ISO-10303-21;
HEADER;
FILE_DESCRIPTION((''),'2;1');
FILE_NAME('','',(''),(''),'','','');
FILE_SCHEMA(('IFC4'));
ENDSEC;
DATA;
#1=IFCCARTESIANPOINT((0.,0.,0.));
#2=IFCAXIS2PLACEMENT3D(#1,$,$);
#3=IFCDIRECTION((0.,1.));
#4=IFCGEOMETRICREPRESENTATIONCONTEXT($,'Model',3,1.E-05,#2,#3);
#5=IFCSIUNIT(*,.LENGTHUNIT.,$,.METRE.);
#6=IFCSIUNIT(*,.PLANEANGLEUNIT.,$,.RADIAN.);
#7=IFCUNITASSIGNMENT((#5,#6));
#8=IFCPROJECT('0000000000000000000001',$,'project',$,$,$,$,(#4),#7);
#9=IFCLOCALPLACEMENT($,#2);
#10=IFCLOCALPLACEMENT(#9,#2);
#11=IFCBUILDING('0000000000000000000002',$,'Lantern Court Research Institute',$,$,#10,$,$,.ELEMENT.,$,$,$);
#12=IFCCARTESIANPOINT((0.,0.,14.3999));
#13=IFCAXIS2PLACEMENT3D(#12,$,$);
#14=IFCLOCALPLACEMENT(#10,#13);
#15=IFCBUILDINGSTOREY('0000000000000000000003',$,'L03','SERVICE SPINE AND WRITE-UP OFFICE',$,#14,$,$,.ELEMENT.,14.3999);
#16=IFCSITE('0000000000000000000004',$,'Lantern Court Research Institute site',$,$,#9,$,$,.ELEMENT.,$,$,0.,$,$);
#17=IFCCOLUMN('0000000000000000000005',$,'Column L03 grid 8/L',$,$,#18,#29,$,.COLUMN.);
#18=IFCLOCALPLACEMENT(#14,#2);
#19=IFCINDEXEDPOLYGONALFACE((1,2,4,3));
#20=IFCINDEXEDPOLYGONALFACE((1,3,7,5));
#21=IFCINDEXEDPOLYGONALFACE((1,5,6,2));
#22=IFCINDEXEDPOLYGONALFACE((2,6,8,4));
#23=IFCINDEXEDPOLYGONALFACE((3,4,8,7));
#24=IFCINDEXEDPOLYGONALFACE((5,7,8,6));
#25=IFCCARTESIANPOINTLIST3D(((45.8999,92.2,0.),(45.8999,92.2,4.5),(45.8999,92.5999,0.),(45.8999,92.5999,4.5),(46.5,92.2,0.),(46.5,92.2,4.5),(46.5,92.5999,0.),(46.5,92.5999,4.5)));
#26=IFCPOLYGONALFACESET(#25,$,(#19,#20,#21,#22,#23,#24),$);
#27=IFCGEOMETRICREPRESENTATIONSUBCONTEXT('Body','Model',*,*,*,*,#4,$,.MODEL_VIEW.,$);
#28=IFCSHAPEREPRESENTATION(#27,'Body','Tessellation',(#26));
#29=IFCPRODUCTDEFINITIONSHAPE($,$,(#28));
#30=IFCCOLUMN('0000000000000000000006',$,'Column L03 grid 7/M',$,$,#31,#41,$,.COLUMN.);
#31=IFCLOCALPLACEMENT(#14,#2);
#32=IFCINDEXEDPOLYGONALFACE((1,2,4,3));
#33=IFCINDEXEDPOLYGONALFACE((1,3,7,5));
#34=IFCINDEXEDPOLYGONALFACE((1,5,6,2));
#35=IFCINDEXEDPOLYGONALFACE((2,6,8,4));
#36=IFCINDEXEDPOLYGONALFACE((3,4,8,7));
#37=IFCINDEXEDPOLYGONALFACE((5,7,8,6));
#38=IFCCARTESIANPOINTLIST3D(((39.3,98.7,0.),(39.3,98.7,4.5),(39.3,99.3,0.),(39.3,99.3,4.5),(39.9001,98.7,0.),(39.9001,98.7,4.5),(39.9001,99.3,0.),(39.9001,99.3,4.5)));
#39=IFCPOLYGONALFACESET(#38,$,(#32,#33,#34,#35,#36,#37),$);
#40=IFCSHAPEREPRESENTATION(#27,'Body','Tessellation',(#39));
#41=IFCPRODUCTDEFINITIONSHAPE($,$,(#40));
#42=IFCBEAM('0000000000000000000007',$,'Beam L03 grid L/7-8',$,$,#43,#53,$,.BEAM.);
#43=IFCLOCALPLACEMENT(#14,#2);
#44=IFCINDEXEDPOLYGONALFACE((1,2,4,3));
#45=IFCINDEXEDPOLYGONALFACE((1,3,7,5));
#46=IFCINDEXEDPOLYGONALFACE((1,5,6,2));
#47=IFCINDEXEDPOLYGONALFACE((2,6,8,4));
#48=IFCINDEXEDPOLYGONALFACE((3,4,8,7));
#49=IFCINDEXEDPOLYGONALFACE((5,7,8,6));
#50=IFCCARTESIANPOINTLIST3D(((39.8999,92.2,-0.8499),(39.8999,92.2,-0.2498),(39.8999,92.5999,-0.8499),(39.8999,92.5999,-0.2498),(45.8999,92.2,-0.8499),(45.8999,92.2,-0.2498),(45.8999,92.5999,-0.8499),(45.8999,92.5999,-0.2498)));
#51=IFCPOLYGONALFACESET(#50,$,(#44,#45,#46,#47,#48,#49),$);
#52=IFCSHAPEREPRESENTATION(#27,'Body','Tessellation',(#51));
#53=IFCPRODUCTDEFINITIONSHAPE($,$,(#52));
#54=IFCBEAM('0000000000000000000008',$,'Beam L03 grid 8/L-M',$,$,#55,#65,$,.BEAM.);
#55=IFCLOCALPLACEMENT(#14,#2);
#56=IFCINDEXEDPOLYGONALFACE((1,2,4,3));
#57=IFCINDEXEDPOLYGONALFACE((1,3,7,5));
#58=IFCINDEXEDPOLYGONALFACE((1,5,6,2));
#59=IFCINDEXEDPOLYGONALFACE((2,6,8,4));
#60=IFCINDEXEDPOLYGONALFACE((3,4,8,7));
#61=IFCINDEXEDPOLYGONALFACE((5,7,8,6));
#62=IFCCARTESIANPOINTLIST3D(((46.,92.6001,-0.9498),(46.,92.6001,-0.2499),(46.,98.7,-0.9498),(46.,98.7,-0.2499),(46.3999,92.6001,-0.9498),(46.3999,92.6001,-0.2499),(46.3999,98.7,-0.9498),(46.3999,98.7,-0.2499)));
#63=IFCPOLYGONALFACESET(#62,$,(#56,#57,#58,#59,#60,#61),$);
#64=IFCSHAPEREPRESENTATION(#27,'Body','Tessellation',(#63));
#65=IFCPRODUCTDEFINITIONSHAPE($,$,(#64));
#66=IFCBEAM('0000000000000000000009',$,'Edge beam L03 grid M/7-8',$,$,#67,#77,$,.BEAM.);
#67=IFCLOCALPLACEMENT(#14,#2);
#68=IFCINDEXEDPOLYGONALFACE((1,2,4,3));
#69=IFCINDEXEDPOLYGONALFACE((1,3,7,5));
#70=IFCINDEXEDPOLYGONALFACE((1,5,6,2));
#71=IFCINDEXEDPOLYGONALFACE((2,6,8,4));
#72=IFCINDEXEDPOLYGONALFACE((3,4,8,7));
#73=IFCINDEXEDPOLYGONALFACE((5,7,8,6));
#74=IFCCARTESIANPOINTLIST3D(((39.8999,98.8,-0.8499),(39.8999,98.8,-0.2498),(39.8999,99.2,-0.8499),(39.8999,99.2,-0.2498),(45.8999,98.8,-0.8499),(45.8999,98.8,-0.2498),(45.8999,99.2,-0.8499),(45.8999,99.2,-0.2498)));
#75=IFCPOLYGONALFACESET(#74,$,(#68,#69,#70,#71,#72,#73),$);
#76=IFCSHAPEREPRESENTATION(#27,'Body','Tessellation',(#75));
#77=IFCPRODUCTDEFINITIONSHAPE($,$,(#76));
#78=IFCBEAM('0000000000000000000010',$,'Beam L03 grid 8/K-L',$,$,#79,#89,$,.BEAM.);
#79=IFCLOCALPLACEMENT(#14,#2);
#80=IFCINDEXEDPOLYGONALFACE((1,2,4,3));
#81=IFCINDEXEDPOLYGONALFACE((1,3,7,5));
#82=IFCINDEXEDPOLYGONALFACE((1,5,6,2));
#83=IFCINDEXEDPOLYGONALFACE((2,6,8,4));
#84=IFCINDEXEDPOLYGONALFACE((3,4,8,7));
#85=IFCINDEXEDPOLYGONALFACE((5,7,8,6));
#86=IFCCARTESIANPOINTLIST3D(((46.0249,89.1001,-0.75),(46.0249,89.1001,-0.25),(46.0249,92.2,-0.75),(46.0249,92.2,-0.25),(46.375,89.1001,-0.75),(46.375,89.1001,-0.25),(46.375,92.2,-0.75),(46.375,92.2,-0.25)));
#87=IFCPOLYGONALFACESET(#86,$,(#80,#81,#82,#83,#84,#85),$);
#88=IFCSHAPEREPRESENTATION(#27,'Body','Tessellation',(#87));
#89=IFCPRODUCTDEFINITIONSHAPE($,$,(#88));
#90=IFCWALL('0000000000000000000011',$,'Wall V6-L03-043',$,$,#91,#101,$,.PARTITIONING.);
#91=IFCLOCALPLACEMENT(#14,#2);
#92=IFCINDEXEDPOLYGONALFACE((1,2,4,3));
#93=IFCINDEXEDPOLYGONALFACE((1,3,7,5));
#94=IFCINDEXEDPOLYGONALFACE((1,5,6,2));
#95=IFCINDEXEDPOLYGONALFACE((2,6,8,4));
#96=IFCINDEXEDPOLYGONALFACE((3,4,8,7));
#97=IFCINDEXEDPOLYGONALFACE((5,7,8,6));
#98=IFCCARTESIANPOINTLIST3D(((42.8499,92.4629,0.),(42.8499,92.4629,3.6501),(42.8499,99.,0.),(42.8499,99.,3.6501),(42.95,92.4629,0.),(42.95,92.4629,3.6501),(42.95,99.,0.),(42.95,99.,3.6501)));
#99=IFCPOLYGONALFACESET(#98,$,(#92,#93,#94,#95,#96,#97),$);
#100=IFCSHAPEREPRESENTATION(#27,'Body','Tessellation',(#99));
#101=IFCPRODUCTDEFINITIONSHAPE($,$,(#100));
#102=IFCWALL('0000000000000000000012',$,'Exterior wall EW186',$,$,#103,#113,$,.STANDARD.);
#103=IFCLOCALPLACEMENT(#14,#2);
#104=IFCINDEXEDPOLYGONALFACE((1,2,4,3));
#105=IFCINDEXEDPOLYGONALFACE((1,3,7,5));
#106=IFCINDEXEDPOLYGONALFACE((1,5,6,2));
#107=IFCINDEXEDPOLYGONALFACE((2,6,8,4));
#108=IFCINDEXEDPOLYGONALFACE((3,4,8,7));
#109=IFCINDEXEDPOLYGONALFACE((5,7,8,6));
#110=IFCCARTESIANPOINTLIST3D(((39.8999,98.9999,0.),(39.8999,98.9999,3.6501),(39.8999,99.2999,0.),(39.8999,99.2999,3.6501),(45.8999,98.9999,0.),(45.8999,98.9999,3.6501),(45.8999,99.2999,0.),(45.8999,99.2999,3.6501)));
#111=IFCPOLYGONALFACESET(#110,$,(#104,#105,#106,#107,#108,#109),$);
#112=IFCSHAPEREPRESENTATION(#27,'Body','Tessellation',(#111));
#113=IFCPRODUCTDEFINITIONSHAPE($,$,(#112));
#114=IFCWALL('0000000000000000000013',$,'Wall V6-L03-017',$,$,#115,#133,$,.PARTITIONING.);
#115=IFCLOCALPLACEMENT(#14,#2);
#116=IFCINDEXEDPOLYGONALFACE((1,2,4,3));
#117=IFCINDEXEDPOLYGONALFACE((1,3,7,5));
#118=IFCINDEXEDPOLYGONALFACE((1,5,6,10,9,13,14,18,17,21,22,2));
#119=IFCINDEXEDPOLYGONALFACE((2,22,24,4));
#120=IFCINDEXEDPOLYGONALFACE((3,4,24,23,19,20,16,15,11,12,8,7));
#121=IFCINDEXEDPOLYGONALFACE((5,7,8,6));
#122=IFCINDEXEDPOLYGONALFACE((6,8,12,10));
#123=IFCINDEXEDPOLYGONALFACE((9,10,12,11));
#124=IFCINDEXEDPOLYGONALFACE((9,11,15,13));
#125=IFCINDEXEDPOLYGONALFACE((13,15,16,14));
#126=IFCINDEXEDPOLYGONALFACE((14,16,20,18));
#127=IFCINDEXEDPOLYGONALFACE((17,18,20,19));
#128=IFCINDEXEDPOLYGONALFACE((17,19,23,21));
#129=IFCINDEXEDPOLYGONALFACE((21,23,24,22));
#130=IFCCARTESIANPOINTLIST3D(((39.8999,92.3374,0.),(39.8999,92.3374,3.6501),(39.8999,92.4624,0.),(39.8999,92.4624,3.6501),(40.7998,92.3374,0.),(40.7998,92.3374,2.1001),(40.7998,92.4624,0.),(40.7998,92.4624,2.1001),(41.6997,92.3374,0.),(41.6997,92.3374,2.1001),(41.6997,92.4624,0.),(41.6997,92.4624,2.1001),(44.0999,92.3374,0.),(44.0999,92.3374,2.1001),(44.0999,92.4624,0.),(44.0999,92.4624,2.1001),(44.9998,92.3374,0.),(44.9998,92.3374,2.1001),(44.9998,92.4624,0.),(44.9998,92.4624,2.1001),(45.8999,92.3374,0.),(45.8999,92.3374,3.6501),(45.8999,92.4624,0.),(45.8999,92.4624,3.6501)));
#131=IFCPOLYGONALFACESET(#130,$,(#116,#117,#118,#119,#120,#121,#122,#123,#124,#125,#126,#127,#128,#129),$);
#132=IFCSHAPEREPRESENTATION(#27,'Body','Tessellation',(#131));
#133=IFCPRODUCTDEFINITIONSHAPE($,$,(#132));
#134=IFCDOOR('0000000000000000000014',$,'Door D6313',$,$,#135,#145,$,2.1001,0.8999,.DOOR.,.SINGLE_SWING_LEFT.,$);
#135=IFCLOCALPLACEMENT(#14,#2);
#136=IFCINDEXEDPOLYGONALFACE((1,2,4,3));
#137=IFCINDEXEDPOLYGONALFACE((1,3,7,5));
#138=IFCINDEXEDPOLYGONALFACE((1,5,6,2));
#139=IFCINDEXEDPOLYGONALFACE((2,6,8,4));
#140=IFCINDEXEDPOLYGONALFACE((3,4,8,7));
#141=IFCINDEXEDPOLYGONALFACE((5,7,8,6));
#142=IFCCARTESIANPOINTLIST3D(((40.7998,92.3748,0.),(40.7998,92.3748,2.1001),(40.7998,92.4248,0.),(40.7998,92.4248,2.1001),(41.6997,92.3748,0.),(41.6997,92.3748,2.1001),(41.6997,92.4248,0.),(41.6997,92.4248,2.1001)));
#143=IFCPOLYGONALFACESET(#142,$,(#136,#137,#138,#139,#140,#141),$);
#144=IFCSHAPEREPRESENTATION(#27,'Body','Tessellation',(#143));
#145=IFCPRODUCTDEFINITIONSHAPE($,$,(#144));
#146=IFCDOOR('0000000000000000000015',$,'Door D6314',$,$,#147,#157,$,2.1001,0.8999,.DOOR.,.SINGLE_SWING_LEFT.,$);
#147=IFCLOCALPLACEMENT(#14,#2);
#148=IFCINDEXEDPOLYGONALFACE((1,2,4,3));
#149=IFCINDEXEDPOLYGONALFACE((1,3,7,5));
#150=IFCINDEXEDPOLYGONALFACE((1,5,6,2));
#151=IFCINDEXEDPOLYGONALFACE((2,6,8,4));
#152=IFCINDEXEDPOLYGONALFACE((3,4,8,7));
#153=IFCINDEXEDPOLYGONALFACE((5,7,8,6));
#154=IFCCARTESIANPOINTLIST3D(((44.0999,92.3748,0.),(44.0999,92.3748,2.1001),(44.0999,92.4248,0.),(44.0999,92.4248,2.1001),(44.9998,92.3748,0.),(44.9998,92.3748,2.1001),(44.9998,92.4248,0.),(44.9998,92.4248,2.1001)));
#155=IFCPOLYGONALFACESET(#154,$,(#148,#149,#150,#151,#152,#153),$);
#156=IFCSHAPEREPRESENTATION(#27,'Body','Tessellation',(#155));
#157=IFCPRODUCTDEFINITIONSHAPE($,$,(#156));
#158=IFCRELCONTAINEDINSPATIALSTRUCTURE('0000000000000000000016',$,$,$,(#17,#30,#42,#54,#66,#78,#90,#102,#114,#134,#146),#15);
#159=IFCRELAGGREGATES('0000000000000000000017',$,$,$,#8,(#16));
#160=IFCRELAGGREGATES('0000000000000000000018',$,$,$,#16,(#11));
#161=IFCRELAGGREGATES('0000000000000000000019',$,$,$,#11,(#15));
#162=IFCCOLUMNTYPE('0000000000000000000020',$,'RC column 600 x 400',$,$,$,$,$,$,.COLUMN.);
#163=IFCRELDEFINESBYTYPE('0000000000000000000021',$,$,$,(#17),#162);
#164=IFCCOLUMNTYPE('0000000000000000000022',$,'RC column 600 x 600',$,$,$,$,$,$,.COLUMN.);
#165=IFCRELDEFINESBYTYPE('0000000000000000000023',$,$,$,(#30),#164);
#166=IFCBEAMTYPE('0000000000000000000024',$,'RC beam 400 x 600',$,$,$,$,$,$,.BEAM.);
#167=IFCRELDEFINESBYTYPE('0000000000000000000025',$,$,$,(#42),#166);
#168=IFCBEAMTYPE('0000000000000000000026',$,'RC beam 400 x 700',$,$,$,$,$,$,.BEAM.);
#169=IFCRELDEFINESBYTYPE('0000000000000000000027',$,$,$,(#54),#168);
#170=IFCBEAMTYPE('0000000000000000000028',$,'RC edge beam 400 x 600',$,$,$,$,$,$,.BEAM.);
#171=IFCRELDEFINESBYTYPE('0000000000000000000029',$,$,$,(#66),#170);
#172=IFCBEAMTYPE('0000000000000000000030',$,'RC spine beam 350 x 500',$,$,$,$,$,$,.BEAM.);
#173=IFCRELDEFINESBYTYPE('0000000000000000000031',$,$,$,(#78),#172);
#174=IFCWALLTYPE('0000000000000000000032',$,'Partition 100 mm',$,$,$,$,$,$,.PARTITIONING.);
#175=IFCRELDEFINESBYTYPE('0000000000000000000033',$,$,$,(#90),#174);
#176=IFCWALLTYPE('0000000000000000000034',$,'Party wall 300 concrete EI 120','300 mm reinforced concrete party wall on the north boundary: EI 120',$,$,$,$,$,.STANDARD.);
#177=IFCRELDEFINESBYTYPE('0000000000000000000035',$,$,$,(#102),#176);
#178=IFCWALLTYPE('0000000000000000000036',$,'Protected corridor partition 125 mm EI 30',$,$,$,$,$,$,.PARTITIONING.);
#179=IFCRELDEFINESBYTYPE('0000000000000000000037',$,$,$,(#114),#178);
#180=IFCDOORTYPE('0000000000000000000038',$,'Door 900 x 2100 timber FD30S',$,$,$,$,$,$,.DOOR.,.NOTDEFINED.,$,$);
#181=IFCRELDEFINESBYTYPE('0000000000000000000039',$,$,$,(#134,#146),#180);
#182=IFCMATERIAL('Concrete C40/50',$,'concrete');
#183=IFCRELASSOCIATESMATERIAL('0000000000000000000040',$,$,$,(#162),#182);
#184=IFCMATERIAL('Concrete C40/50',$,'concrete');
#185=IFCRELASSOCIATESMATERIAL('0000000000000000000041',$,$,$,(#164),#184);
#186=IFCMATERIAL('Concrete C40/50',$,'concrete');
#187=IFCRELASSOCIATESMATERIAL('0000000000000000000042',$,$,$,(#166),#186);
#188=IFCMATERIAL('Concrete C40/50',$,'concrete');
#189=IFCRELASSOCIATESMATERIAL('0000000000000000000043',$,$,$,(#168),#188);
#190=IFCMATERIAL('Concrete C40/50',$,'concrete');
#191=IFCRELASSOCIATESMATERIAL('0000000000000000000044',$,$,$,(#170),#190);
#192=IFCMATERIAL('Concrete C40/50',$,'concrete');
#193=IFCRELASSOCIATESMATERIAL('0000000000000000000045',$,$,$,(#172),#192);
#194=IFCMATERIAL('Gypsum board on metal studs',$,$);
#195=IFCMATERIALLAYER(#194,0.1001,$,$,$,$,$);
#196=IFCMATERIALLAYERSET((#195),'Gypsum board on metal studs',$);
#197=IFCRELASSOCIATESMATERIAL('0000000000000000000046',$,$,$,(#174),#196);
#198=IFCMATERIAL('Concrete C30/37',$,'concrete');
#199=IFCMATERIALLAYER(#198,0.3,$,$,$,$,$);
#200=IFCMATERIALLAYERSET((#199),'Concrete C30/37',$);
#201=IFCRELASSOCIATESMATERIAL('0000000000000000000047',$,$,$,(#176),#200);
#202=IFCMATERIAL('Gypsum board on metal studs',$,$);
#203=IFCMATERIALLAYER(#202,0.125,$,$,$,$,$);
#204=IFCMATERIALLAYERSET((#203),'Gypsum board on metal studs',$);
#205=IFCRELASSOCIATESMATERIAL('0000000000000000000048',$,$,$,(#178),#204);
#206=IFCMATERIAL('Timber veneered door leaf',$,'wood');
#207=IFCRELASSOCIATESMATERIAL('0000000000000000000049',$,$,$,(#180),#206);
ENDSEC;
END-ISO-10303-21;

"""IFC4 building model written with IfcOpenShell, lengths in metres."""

from ifc_helpers import new_model, si_unit, direction, frame, frame_2d, origin, origin_2d, place, context, subcontext, project, spatial, rectangle, extrude, material, layer, layer_set, material_profile, profile_set, type_object, element, fill, save


model = new_model("IFC4")

# Units and contexts
model_context = context("Model", 3, precision=1e-05, world=origin(), true_north=direction((0.0, 1.0)))
body_context = subcontext(model_context, "Body", "Model", "MODEL_VIEW")
ifc_project = project(units=[si_unit("LENGTHUNIT", "METRE"), si_unit("PLANEANGLEUNIT", "RADIAN")], contexts=[model_context])

# Site, building, storey
site_placement = place(None, origin())
site = spatial("IfcSite", under=ifc_project, at=site_placement, Name="Lantern Court Research Institute site", CompositionType="ELEMENT", RefElevation=0.0)
building_placement = place(site_placement, origin())
building = spatial("IfcBuilding", under=site, at=building_placement, Name="Lantern Court Research Institute", CompositionType="ELEMENT")
storey_placement = place(building_placement, frame((0.0, 0.0, 14.3999)))
storey = spatial("IfcBuildingStorey", under=building, at=storey_placement, Name="L03", Description="SERVICE SPINE AND WRITE-UP OFFICE", CompositionType="ELEMENT", Elevation=14.3999)

# Columns
ifc_material_1 = material(Name="Concrete C40/50", Category="concrete")
ifc_material_profile_1 = material_profile(ifc_material_1, rectangle(XDim=0.6001, YDim=0.3999, at=origin_2d()), Name="RC column 600 x 400")
ifc_profile_set_1 = profile_set([ifc_material_profile_1], Name="Concrete C40/50")
column_type_1 = type_object("IfcColumnType", Name="RC column 600 x 400", PredefinedType="COLUMN", material=ifc_profile_set_1)
column_1_placement = place(storey_placement, frame((46.2, 92.3999, 0.0), z_axis=(0.0, 0.0, 1.0), x_axis=(1.0, 0.0, 0.0)))
element("IfcColumn", 1, at=column_1_placement, inside=storey, type_object=column_type_1, Name="Column L03 grid 8/L", PredefinedType="COLUMN", context=body_context, shape_type="SweptSolid", body=[
    extrude(rectangle(XDim=0.6001, YDim=0.3999, at=origin_2d()), origin(), (0.0, 0.0, 1.0), 4.5),
])
ifc_material_2 = material(Name="Concrete C40/50", Category="concrete")
ifc_material_profile_2 = material_profile(ifc_material_2, rectangle(XDim=0.6001, YDim=0.6001, at=origin_2d()), Name="RC column 600 x 600")
ifc_profile_set_2 = profile_set([ifc_material_profile_2], Name="Concrete C40/50")
column_type_2 = type_object("IfcColumnType", Name="RC column 600 x 600", PredefinedType="COLUMN", material=ifc_profile_set_2)
column_2_placement = place(storey_placement, frame((39.6001, 99.0, 0.0), z_axis=(0.0, 0.0, 1.0), x_axis=(1.0, 0.0, 0.0)))
element("IfcColumn", 2, at=column_2_placement, inside=storey, type_object=column_type_2, Name="Column L03 grid 7/M", PredefinedType="COLUMN", context=body_context, shape_type="SweptSolid", body=[
    extrude(rectangle(XDim=0.6001, YDim=0.6001, at=origin_2d()), origin(), (0.0, 0.0, 1.0), 4.5),
])

# Beams
ifc_material_3 = material(Name="Concrete C40/50", Category="concrete")
ifc_material_profile_3 = material_profile(ifc_material_3, rectangle(XDim=0.3999, YDim=0.6001, at=origin_2d()), Name="RC beam 400 x 600")
ifc_profile_set_3 = profile_set([ifc_material_profile_3], Name="Concrete C40/50")
beam_type_1 = type_object("IfcBeamType", Name="RC beam 400 x 600", PredefinedType="BEAM", material=ifc_profile_set_3)
beam_1_placement = place(storey_placement, frame((39.8999, 92.3999, -0.5498), z_axis=(1.0, 0.0, 0.0), x_axis=(0.0, 1.0, 0.0)))
element("IfcBeam", 3, at=beam_1_placement, inside=storey, type_object=beam_type_1, Name="Beam L03 grid L/7-8", PredefinedType="BEAM", context=body_context, shape_type="SweptSolid", body=[
    extrude(rectangle(XDim=0.3999, YDim=0.6001, at=origin_2d()), origin(), (0.0, 0.0, 1.0), 6.0),
])
ifc_material_4 = material(Name="Concrete C40/50", Category="concrete")
ifc_material_profile_4 = material_profile(ifc_material_4, rectangle(XDim=0.3999, YDim=0.7, at=origin_2d()), Name="RC beam 400 x 700")
ifc_profile_set_4 = profile_set([ifc_material_profile_4], Name="Concrete C40/50")
beam_type_2 = type_object("IfcBeamType", Name="RC beam 400 x 700", PredefinedType="BEAM", material=ifc_profile_set_4)
beam_2_placement = place(storey_placement, frame((46.2, 92.6001, -0.5999), z_axis=(0.0, 1.0, 0.0), x_axis=(-1.0, 0.0, 0.0)))
element("IfcBeam", 4, at=beam_2_placement, inside=storey, type_object=beam_type_2, Name="Beam L03 grid 8/L-M", PredefinedType="BEAM", context=body_context, shape_type="SweptSolid", body=[
    extrude(rectangle(XDim=0.3999, YDim=0.7, at=origin_2d()), origin(), (0.0, 0.0, 1.0), 6.0999),
])
ifc_material_5 = material(Name="Concrete C40/50", Category="concrete")
ifc_material_profile_5 = material_profile(ifc_material_5, rectangle(XDim=0.3999, YDim=0.6001, at=origin_2d()), Name="RC beam 400 x 600")
ifc_profile_set_5 = profile_set([ifc_material_profile_5], Name="Concrete C40/50")
beam_type_3 = type_object("IfcBeamType", Name="RC edge beam 400 x 600", PredefinedType="BEAM", material=ifc_profile_set_5)
beam_3_placement = place(storey_placement, frame((39.8999, 99.0, -0.5498), z_axis=(1.0, 0.0, 0.0), x_axis=(0.0, 1.0, 0.0)))
element("IfcBeam", 5, at=beam_3_placement, inside=storey, type_object=beam_type_3, Name="Edge beam L03 grid M/7-8", PredefinedType="BEAM", context=body_context, shape_type="SweptSolid", body=[
    extrude(rectangle(XDim=0.3999, YDim=0.6001, at=origin_2d()), origin(), (0.0, 0.0, 1.0), 6.0),
])
ifc_material_6 = material(Name="Concrete C40/50", Category="concrete")
ifc_material_profile_6 = material_profile(ifc_material_6, rectangle(XDim=0.3501, YDim=0.5, at=origin_2d()), Name="RC beam 350 x 500")
ifc_profile_set_6 = profile_set([ifc_material_profile_6], Name="Concrete C40/50")
beam_type_4 = type_object("IfcBeamType", Name="RC spine beam 350 x 500", PredefinedType="BEAM", material=ifc_profile_set_6)
beam_4_placement = place(storey_placement, frame((46.2, 89.1001, -0.5), z_axis=(0.0, 1.0, 0.0), x_axis=(-1.0, 0.0, 0.0)))
element("IfcBeam", 6, at=beam_4_placement, inside=storey, type_object=beam_type_4, Name="Beam L03 grid 8/K-L", PredefinedType="BEAM", context=body_context, shape_type="SweptSolid", body=[
    extrude(rectangle(XDim=0.3501, YDim=0.5, at=origin_2d()), origin(), (0.0, 0.0, 1.0), 3.0999),
])

# Walls
ifc_material_7 = material(Name="Gypsum board on metal studs")
ifc_layer_1 = layer(ifc_material_7, 0.1001)
ifc_layer_set_1 = layer_set([ifc_layer_1], Name="Gypsum board on metal studs")
wall_type_1 = type_object("IfcWallType", Name="Partition 100 mm", PredefinedType="PARTITIONING", material=ifc_layer_set_1)
wall_1_placement = place(storey_placement, frame((42.8999, 92.4629, 0.0), z_axis=(0.0, 0.0, 1.0), x_axis=(0.0, 1.0, 0.0)))
element("IfcWall", 7, at=wall_1_placement, inside=storey, type_object=wall_type_1, Name="Wall V6-L03-043", PredefinedType="PARTITIONING", context=body_context, shape_type="SweptSolid", body=[
    extrude(rectangle(XDim=6.5371, YDim=0.1001, at=frame_2d((3.2686, 0.0))), origin(), (0.0, 0.0, 1.0), 3.6501),
])
ifc_material_8 = material(Name="Concrete C30/37", Category="concrete")
ifc_layer_2 = layer(ifc_material_8, 0.3)
ifc_layer_set_2 = layer_set([ifc_layer_2], Name="Concrete C30/37")
wall_type_2 = type_object("IfcWallType", Name="Party wall 300 concrete EI 120", Description="300 mm reinforced concrete party wall on the north boundary: EI 120", PredefinedType="STANDARD", material=ifc_layer_set_2)
wall_2_placement = place(storey_placement, frame((39.8999, 99.1499, 0.0), z_axis=(0.0, 0.0, 1.0), x_axis=(1.0, 0.0, 0.0)))
element("IfcWall", 8, at=wall_2_placement, inside=storey, type_object=wall_type_2, Name="Exterior wall EW186", PredefinedType="STANDARD", context=body_context, shape_type="SweptSolid", body=[
    extrude(rectangle(XDim=6.0, YDim=0.3, at=frame_2d((3.0, 0.0))), origin(), (0.0, 0.0, 1.0), 3.6501),
])

# Wall, openings, doors
ifc_material_9 = material(Name="Gypsum board on metal studs")
ifc_layer_3 = layer(ifc_material_9, 0.125)
ifc_layer_set_3 = layer_set([ifc_layer_3], Name="Gypsum board on metal studs")
wall_type_3 = type_object("IfcWallType", Name="Protected corridor partition 125 mm EI 30", PredefinedType="PARTITIONING", material=ifc_layer_set_3)
wall_3_placement = place(storey_placement, frame((39.8999, 92.3999, 0.0), z_axis=(0.0, 0.0, 1.0), x_axis=(1.0, 0.0, 0.0)))
wall_3 = element("IfcWall", 9, at=wall_3_placement, inside=storey, type_object=wall_type_3, Name="Wall V6-L03-017", PredefinedType="PARTITIONING", context=body_context, shape_type="SweptSolid", body=[
    extrude(rectangle(XDim=6.0, YDim=0.125, at=frame_2d((3.0, 0.0))), origin(), (0.0, 0.0, 1.0), 3.6501),
])
opening_1_placement = place(wall_3_placement, frame((0.8999, 0.0, 0.0)))
opening_1 = element("IfcOpeningElement", 10, at=opening_1_placement, cuts=wall_3, PredefinedType="OPENING", context=body_context, shape_type="SweptSolid", body=[
    extrude(rectangle(XDim=0.8999, YDim=2.1001, at=frame_2d((0.45, 1.05))), frame((0.0, 0.0725, 0.0), z_axis=(0.0, -1.0, 0.0), x_axis=(1.0, 0.0, 0.0)), (0.0, 0.0, 1.0), 0.145),
])
opening_2_placement = place(wall_3_placement, frame((4.2, 0.0, 0.0)))
opening_2 = element("IfcOpeningElement", 11, at=opening_2_placement, cuts=wall_3, PredefinedType="OPENING", context=body_context, shape_type="SweptSolid", body=[
    extrude(rectangle(XDim=0.8999, YDim=2.1001, at=frame_2d((0.45, 1.05))), frame((0.0, 0.0725, 0.0), z_axis=(0.0, -1.0, 0.0), x_axis=(1.0, 0.0, 0.0)), (0.0, 0.0, 1.0), 0.145),
])
ifc_material_10 = material(Name="Timber veneered door leaf", Category="wood")
door_type = type_object("IfcDoorType", Name="Door 900 x 2100 timber FD30S", OperationType="NOTDEFINED", PredefinedType="DOOR", material=ifc_material_10)
door_1_placement = place(opening_1_placement, origin())
door_1 = element("IfcDoor", 12, at=door_1_placement, inside=storey, type_object=door_type, Name="Door D6313", OperationType="SINGLE_SWING_LEFT", OverallHeight=2.1001, OverallWidth=0.8999, PredefinedType="DOOR", context=body_context, shape_type="SweptSolid", body=[
    extrude(rectangle(XDim=0.8999, YDim=2.1001, at=frame_2d((0.45, 1.05))), frame((0.0, 0.0249, 0.0), z_axis=(0.0, -1.0, 0.0), x_axis=(1.0, 0.0, 0.0)), (0.0, 0.0, 1.0), 0.05),
])
fill(opening_1, door_1)
door_2_placement = place(opening_2_placement, origin())
door_2 = element("IfcDoor", 13, at=door_2_placement, inside=storey, type_object=door_type, Name="Door D6314", OperationType="SINGLE_SWING_LEFT", OverallHeight=2.1001, OverallWidth=0.8999, PredefinedType="DOOR", context=body_context, shape_type="SweptSolid", body=[
    extrude(rectangle(XDim=0.8999, YDim=2.1001, at=frame_2d((0.45, 1.05))), frame((0.0, 0.0249, 0.0), z_axis=(0.0, -1.0, 0.0), x_axis=(1.0, 0.0, 0.0)), (0.0, 0.0, 1.0), 0.05),
])
fill(opening_2, door_2)

save(model, "model.ifc")
